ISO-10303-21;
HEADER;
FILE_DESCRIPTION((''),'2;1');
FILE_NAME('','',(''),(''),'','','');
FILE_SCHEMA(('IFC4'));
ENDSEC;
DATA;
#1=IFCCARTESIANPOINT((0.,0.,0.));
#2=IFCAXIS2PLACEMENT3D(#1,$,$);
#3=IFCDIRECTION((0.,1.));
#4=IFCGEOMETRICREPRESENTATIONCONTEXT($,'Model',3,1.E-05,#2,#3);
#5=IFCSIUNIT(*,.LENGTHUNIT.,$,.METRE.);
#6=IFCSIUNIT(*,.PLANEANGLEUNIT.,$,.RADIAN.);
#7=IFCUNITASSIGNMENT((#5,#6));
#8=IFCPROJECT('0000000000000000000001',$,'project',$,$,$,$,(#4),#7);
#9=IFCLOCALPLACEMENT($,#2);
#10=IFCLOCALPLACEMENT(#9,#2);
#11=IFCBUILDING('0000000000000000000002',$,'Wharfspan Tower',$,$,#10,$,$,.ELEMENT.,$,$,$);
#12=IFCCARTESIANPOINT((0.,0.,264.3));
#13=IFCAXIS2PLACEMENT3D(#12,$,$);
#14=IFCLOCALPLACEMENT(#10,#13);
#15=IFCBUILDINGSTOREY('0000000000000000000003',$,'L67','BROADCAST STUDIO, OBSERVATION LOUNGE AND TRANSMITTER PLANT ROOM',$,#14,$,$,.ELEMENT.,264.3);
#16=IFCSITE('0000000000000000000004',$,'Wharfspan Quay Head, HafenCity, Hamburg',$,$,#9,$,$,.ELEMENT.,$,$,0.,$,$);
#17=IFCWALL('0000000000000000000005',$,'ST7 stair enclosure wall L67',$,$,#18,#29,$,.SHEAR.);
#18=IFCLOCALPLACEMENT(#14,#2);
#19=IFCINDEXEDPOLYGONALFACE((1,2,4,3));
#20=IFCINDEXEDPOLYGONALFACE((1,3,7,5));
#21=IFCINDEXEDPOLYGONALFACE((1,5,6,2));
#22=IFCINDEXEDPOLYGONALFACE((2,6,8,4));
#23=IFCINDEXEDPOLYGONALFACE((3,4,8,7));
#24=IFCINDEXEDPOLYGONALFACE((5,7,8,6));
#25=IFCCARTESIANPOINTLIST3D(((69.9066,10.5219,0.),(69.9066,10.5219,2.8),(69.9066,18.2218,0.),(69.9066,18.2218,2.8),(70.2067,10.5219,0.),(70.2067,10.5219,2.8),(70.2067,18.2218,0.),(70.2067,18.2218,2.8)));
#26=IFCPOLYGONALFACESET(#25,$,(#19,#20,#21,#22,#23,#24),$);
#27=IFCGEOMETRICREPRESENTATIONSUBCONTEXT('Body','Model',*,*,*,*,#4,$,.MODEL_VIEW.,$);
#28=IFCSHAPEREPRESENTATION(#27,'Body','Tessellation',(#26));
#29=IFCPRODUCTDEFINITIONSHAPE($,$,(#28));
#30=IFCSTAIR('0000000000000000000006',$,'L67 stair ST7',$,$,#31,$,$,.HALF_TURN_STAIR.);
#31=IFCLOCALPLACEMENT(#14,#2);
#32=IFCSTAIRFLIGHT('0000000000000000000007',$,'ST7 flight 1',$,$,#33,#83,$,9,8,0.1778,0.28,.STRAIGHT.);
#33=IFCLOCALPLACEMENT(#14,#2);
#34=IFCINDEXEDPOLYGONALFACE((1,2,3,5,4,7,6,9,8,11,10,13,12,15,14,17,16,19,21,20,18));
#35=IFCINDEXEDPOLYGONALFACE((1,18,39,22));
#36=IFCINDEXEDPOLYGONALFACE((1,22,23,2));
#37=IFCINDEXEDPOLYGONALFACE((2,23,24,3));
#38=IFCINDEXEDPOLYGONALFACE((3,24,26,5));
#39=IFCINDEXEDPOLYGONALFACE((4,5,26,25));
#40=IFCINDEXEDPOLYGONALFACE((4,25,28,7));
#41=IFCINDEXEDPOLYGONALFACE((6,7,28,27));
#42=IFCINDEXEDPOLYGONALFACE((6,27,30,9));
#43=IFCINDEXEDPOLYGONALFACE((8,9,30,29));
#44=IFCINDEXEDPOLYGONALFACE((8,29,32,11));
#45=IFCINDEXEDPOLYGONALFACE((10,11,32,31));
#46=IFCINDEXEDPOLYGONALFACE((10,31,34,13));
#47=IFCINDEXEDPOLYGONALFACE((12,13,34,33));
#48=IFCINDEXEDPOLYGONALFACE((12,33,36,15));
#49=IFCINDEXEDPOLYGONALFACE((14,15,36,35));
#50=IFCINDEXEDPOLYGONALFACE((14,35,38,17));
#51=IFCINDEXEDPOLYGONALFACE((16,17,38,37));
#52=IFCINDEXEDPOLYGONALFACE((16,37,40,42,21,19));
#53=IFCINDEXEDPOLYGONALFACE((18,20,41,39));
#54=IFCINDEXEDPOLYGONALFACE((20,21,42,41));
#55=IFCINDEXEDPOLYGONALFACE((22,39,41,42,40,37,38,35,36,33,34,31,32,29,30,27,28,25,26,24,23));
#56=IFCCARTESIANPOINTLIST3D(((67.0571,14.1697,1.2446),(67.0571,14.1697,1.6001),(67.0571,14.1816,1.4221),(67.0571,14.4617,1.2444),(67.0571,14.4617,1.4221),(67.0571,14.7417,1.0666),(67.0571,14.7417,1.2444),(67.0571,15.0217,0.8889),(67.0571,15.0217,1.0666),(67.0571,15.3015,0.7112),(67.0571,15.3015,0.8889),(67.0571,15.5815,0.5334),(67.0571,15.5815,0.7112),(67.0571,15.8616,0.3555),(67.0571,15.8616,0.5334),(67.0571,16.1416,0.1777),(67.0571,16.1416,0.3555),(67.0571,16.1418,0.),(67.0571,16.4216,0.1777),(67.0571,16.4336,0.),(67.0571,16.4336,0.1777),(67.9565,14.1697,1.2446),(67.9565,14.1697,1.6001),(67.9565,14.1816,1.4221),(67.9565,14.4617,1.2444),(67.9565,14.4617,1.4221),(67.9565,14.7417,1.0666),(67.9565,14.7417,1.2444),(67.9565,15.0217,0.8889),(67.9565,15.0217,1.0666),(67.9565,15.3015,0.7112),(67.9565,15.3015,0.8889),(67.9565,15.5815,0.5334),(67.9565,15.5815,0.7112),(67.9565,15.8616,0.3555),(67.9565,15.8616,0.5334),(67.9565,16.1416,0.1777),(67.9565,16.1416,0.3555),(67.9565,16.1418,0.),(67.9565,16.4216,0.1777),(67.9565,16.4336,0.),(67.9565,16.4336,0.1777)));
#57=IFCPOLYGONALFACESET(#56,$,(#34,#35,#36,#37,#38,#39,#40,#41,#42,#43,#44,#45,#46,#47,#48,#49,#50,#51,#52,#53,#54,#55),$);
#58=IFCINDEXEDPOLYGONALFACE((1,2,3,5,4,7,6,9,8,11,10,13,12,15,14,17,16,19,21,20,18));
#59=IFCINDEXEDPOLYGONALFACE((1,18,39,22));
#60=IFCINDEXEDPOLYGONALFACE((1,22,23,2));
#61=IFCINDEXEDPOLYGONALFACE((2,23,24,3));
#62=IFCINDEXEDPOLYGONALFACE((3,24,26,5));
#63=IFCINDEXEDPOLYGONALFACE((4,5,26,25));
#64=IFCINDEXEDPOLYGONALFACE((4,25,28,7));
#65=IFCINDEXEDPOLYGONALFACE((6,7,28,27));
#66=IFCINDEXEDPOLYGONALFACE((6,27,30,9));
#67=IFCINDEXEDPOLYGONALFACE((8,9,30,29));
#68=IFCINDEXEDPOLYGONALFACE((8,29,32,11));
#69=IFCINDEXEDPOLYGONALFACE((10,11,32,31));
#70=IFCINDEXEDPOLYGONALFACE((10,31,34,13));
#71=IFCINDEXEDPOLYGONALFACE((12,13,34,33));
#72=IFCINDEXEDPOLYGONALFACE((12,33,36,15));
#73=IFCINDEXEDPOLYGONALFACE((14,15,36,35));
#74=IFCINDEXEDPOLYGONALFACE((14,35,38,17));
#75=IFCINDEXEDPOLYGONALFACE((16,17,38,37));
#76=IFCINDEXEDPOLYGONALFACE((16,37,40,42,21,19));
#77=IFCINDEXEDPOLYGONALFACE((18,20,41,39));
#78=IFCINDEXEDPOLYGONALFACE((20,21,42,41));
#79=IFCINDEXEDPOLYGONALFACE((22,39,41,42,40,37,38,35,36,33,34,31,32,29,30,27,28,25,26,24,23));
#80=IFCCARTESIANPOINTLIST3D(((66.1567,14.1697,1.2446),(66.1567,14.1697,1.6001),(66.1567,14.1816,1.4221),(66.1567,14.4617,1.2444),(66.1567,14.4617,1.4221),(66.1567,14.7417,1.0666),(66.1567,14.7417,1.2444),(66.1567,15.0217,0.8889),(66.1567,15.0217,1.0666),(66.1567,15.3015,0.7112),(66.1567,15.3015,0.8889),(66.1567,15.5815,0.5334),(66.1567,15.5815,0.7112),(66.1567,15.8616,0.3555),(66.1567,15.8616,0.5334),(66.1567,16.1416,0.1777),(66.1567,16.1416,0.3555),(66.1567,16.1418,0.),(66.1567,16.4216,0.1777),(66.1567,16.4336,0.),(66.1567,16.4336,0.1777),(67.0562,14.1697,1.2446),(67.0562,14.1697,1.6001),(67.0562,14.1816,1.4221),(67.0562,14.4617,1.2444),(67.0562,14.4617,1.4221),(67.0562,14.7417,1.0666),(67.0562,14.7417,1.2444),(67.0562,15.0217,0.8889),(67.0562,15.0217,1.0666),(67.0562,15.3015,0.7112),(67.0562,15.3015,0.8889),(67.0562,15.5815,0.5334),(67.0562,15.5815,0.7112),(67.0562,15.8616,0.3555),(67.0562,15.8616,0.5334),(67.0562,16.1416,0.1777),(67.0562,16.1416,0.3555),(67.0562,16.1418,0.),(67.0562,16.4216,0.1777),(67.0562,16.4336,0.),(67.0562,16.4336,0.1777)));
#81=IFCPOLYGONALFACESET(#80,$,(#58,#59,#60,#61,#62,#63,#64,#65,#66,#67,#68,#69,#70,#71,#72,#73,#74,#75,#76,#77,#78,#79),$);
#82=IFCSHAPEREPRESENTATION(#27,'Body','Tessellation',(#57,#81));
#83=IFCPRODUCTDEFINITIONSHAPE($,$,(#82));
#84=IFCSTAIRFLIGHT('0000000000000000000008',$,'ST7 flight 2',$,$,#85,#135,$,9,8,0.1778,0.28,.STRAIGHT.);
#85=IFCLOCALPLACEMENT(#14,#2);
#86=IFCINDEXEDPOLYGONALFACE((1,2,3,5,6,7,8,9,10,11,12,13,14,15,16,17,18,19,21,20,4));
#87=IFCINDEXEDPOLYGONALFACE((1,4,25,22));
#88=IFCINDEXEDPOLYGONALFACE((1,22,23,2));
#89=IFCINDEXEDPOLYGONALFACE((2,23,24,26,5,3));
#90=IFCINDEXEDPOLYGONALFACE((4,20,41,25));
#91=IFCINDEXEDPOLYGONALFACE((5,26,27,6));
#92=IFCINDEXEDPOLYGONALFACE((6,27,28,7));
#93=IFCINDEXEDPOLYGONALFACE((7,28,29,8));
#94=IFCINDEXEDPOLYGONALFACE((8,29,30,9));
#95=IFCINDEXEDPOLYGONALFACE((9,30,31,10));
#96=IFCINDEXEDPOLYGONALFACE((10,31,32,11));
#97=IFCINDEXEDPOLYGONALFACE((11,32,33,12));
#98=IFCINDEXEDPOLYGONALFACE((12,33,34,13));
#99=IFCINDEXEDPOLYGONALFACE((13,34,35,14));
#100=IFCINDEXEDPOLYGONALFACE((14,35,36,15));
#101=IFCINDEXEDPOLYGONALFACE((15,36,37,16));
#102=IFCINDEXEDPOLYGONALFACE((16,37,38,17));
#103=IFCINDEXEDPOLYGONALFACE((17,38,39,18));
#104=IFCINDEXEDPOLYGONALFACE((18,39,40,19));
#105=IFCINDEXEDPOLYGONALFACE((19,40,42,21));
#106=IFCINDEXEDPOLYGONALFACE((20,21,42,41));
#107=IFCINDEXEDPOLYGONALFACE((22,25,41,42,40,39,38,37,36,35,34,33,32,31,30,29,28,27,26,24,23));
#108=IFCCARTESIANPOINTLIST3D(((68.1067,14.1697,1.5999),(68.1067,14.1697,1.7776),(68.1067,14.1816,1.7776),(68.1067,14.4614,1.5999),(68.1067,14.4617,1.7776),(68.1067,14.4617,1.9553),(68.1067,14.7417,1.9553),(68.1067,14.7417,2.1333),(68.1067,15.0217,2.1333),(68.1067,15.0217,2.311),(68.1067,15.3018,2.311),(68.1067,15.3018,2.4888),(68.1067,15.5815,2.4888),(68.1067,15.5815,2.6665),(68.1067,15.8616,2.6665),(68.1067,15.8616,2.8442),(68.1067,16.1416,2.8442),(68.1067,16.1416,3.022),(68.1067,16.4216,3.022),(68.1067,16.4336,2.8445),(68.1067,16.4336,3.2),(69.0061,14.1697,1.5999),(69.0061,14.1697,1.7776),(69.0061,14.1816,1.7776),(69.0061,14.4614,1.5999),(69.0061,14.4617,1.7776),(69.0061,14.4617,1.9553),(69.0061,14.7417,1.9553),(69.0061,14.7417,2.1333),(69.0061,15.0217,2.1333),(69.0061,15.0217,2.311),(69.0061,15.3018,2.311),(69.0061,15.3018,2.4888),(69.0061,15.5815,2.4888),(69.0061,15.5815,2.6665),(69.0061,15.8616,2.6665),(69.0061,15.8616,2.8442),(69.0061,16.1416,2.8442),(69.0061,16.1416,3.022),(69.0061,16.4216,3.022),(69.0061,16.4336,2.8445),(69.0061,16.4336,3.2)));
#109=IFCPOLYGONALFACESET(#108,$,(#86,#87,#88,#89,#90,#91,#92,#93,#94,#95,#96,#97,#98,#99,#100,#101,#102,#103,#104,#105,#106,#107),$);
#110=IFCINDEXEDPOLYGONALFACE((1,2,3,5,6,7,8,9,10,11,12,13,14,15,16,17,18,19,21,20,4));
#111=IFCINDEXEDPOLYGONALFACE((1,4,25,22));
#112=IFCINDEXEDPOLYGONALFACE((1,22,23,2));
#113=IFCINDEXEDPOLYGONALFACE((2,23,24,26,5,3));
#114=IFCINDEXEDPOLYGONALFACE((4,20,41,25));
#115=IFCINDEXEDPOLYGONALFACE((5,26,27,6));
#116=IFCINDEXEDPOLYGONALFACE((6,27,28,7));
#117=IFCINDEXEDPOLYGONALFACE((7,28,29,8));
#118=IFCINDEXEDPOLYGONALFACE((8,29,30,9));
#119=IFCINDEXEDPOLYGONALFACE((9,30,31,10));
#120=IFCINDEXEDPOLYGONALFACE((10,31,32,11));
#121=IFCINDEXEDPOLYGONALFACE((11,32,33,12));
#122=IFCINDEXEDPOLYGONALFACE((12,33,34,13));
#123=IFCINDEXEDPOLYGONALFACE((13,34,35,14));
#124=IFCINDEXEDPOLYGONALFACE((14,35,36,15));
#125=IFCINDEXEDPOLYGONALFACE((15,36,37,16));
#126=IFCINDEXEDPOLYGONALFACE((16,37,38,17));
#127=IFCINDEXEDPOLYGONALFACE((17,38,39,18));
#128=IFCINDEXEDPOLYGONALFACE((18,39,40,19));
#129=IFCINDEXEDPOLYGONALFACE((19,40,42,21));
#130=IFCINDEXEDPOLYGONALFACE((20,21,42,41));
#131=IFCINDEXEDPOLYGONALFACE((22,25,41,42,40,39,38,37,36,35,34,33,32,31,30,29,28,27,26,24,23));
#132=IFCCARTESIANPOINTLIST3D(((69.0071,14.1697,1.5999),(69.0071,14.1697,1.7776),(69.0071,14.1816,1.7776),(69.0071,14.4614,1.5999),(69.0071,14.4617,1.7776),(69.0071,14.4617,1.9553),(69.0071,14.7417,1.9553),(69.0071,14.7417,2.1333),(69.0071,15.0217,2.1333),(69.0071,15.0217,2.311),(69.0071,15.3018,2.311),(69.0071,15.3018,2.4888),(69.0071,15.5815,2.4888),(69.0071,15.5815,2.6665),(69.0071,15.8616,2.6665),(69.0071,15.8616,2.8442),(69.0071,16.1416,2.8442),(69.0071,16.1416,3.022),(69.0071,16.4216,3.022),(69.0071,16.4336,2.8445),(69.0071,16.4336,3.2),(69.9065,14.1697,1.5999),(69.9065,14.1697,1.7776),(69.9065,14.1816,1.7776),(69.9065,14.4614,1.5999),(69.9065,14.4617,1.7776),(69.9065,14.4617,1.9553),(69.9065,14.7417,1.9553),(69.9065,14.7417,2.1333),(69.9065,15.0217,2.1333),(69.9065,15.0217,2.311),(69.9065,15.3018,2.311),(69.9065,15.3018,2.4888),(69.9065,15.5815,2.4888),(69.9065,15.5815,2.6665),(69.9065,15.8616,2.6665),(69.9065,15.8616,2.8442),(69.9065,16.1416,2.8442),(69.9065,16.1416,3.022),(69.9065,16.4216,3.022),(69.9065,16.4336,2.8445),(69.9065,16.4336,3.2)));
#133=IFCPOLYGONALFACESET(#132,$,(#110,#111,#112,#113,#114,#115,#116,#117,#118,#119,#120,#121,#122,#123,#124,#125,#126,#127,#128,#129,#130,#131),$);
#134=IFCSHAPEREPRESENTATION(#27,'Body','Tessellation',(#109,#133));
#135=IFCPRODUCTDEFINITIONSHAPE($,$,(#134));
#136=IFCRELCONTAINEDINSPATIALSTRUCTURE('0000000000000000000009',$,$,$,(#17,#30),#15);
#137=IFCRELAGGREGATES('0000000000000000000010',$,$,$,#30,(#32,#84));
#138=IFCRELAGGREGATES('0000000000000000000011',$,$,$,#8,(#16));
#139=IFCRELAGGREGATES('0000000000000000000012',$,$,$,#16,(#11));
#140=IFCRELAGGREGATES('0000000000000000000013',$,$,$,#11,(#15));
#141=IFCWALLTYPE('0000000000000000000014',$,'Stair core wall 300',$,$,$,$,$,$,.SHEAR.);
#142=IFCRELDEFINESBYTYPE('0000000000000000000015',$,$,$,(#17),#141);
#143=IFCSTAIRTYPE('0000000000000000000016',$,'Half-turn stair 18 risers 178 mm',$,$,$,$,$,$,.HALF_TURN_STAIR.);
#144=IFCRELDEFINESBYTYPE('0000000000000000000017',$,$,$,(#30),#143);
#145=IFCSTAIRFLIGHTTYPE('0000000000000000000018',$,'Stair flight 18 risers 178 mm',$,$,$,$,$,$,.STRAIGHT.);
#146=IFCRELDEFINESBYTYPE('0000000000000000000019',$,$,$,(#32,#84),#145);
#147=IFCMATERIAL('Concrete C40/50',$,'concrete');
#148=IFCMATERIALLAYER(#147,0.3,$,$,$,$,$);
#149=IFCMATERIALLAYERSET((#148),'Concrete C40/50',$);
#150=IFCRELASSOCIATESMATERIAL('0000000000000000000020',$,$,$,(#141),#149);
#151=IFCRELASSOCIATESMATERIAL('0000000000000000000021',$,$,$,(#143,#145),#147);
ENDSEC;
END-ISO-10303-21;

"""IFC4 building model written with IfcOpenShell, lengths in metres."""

from ifc_helpers import new_model, si_unit, direction, frame, frame_2d, origin, place, context, subcontext, project, spatial, polyline, rectangle, outline, extrude, material, layer, layer_set, type_object, element, aggregate, save


model = new_model("IFC4")

# Units and contexts
model_context = context("Model", 3, precision=1e-05, world=origin(), true_north=direction((0.0, 1.0)))
body_context = subcontext(model_context, "Body", "Model", "MODEL_VIEW")
ifc_project = project(units=[si_unit("LENGTHUNIT", "METRE"), si_unit("PLANEANGLEUNIT", "RADIAN")], contexts=[model_context])

# Site, building, storey
site_placement = place(None, origin())
site = spatial("IfcSite", under=ifc_project, at=site_placement, Name="Wharfspan Quay Head, HafenCity, Hamburg", CompositionType="ELEMENT", RefElevation=0.0)
building_placement = place(site_placement, origin())
building = spatial("IfcBuilding", under=site, at=building_placement, Name="Wharfspan Tower", CompositionType="ELEMENT")
storey_placement = place(building_placement, frame((0.0, 0.0, 264.3)))
storey = spatial("IfcBuildingStorey", under=building, at=storey_placement, Name="L67", Description="BROADCAST STUDIO, OBSERVATION LOUNGE AND TRANSMITTER PLANT ROOM", CompositionType="ELEMENT", Elevation=264.3)

# Wall
ifc_material_1 = material(Name="Concrete C40/50", Category="concrete")
ifc_layer_1 = layer(ifc_material_1, 0.3)
ifc_layer_set_1 = layer_set([ifc_layer_1], Name="Concrete C40/50")
wall_type_1 = type_object("IfcWallType", Name="Stair core wall 300", PredefinedType="SHEAR", material=ifc_layer_set_1)
wall_1_placement = place(storey_placement, frame((70.0566, 10.5217, 0.0), z_axis=(0.0, 0.0, 1.0), x_axis=(0.0, 1.0, 0.0)))
element("IfcWall", 1, at=wall_1_placement, inside=storey, type_object=wall_type_1, Name="ST7 stair enclosure wall L67", PredefinedType="SHEAR", context=body_context, shape_type="SweptSolid", body=[
    extrude(rectangle(XDim=7.7, YDim=0.3, at=frame_2d((3.8501, 0.0))), origin(), (0.0, 0.0, 1.0), 2.8),
])

# Stair, stair flights
stair_type = type_object("IfcStairType", Name="Half-turn stair 18 risers 178 mm", PredefinedType="HALF_TURN_STAIR", material=ifc_material_1)
stair_placement = place(storey_placement, origin())
stair = element("IfcStair", 2, at=stair_placement, inside=storey, type_object=stair_type, Name="L67 stair ST7", PredefinedType="HALF_TURN_STAIR")
stair_flight_type = type_object("IfcStairFlightType", Name="Stair flight 18 risers 178 mm", PredefinedType="STRAIGHT", material=ifc_material_1)
stair_flight_1_placement = place(storey_placement, frame((67.0566, 16.4216, 0.0), z_axis=(0.0, 0.0, 1.0), x_axis=(0.0, -1.0, 0.0)))
stair_flight_1 = element("IfcStairFlight", 3, at=stair_flight_1_placement, type_object=stair_flight_type, Name="ST7 flight 1", NumberOfRisers=9, NumberOfTreads=8, PredefinedType="STRAIGHT", RiserHeight=0.1778, TreadLength=0.28, context=body_context, shape_type="SweptSolid", body=[
    extrude(outline(polyline([(-0.012, 0.0), (-0.012, 0.1777), (0.0, 0.1777), (0.28, 0.1777), (0.28, 0.3555), (0.5601, 0.3555), (0.5601, 0.5334), (0.8401, 0.5334), (0.8401, 0.7112), (1.1201, 0.7112), (1.1201, 0.8889), (1.3999, 0.8889), (1.3999, 1.0667), (1.6799, 1.0667), (1.6799, 1.2444), (1.96, 1.2444), (1.96, 1.4221), (2.24, 1.4221), (2.252, 1.6001), (2.252, 1.2446), (0.2798, 0.0), (-0.012, 0.0)])), frame((0.0, 0.8999, 0.0), z_axis=(0.0, -1.0, 0.0), x_axis=(1.0, 0.0, 0.0)), (0.0, 0.0, 1.0), 0.8994),
    extrude(outline(polyline([(-0.012, 0.0), (-0.012, 0.1777), (0.0, 0.1777), (0.28, 0.1777), (0.28, 0.3555), (0.5601, 0.3555), (0.5601, 0.5334), (0.8401, 0.5334), (0.8401, 0.7112), (1.1201, 0.7112), (1.1201, 0.8889), (1.3999, 0.8889), (1.3999, 1.0667), (1.6799, 1.0667), (1.6799, 1.2444), (1.96, 1.2444), (1.96, 1.4221), (2.24, 1.4221), (2.252, 1.6001), (2.252, 1.2446), (0.2798, 0.0), (-0.012, 0.0)])), frame((0.0, -0.0005, 0.0), z_axis=(0.0, -1.0, 0.0), x_axis=(1.0, 0.0, 0.0)), (0.0, 0.0, 1.0), 0.8994),
])
stair_flight_2_placement = place(storey_placement, frame((69.0066, 14.1816, 1.5999), z_axis=(0.0, 0.0, 1.0), x_axis=(0.0, 1.0, 0.0)))
stair_flight_2 = element("IfcStairFlight", 4, at=stair_flight_2_placement, type_object=stair_flight_type, Name="ST7 flight 2", NumberOfRisers=9, NumberOfTreads=8, PredefinedType="STRAIGHT", RiserHeight=0.1778, TreadLength=0.28, context=body_context, shape_type="SweptSolid", body=[
    extrude(outline(polyline([(-0.012, 0.0), (-0.012, 0.1777), (0.0, 0.1777), (0.28, 0.1777), (0.28, 0.3555), (0.5601, 0.3555), (0.5601, 0.5334), (0.8401, 0.5334), (0.8401, 0.7112), (1.1201, 0.7112), (1.1201, 0.8889), (1.3999, 0.8889), (1.3999, 1.0667), (1.6799, 1.0667), (1.6799, 1.2444), (1.96, 1.2444), (1.96, 1.4221), (2.24, 1.4221), (2.252, 1.6001), (2.252, 1.2446), (0.2798, 0.0), (-0.012, 0.0)])), frame((0.0, 0.8999, 0.0), z_axis=(0.0, -1.0, 0.0), x_axis=(1.0, 0.0, 0.0)), (0.0, 0.0, 1.0), 0.8994),
    extrude(outline(polyline([(-0.012, 0.0), (-0.012, 0.1777), (0.0, 0.1777), (0.28, 0.1777), (0.28, 0.3555), (0.5601, 0.3555), (0.5601, 0.5334), (0.8401, 0.5334), (0.8401, 0.7112), (1.1201, 0.7112), (1.1201, 0.8889), (1.3999, 0.8889), (1.3999, 1.0667), (1.6799, 1.0667), (1.6799, 1.2444), (1.96, 1.2444), (1.96, 1.4221), (2.24, 1.4221), (2.252, 1.6001), (2.252, 1.2446), (0.2798, 0.0), (-0.012, 0.0)])), frame((0.0, -0.0005, 0.0), z_axis=(0.0, -1.0, 0.0), x_axis=(1.0, 0.0, 0.0)), (0.0, 0.0, 1.0), 0.8994),
])
aggregate(stair, [stair_flight_1, stair_flight_2])

save(model, "model.ifc")
